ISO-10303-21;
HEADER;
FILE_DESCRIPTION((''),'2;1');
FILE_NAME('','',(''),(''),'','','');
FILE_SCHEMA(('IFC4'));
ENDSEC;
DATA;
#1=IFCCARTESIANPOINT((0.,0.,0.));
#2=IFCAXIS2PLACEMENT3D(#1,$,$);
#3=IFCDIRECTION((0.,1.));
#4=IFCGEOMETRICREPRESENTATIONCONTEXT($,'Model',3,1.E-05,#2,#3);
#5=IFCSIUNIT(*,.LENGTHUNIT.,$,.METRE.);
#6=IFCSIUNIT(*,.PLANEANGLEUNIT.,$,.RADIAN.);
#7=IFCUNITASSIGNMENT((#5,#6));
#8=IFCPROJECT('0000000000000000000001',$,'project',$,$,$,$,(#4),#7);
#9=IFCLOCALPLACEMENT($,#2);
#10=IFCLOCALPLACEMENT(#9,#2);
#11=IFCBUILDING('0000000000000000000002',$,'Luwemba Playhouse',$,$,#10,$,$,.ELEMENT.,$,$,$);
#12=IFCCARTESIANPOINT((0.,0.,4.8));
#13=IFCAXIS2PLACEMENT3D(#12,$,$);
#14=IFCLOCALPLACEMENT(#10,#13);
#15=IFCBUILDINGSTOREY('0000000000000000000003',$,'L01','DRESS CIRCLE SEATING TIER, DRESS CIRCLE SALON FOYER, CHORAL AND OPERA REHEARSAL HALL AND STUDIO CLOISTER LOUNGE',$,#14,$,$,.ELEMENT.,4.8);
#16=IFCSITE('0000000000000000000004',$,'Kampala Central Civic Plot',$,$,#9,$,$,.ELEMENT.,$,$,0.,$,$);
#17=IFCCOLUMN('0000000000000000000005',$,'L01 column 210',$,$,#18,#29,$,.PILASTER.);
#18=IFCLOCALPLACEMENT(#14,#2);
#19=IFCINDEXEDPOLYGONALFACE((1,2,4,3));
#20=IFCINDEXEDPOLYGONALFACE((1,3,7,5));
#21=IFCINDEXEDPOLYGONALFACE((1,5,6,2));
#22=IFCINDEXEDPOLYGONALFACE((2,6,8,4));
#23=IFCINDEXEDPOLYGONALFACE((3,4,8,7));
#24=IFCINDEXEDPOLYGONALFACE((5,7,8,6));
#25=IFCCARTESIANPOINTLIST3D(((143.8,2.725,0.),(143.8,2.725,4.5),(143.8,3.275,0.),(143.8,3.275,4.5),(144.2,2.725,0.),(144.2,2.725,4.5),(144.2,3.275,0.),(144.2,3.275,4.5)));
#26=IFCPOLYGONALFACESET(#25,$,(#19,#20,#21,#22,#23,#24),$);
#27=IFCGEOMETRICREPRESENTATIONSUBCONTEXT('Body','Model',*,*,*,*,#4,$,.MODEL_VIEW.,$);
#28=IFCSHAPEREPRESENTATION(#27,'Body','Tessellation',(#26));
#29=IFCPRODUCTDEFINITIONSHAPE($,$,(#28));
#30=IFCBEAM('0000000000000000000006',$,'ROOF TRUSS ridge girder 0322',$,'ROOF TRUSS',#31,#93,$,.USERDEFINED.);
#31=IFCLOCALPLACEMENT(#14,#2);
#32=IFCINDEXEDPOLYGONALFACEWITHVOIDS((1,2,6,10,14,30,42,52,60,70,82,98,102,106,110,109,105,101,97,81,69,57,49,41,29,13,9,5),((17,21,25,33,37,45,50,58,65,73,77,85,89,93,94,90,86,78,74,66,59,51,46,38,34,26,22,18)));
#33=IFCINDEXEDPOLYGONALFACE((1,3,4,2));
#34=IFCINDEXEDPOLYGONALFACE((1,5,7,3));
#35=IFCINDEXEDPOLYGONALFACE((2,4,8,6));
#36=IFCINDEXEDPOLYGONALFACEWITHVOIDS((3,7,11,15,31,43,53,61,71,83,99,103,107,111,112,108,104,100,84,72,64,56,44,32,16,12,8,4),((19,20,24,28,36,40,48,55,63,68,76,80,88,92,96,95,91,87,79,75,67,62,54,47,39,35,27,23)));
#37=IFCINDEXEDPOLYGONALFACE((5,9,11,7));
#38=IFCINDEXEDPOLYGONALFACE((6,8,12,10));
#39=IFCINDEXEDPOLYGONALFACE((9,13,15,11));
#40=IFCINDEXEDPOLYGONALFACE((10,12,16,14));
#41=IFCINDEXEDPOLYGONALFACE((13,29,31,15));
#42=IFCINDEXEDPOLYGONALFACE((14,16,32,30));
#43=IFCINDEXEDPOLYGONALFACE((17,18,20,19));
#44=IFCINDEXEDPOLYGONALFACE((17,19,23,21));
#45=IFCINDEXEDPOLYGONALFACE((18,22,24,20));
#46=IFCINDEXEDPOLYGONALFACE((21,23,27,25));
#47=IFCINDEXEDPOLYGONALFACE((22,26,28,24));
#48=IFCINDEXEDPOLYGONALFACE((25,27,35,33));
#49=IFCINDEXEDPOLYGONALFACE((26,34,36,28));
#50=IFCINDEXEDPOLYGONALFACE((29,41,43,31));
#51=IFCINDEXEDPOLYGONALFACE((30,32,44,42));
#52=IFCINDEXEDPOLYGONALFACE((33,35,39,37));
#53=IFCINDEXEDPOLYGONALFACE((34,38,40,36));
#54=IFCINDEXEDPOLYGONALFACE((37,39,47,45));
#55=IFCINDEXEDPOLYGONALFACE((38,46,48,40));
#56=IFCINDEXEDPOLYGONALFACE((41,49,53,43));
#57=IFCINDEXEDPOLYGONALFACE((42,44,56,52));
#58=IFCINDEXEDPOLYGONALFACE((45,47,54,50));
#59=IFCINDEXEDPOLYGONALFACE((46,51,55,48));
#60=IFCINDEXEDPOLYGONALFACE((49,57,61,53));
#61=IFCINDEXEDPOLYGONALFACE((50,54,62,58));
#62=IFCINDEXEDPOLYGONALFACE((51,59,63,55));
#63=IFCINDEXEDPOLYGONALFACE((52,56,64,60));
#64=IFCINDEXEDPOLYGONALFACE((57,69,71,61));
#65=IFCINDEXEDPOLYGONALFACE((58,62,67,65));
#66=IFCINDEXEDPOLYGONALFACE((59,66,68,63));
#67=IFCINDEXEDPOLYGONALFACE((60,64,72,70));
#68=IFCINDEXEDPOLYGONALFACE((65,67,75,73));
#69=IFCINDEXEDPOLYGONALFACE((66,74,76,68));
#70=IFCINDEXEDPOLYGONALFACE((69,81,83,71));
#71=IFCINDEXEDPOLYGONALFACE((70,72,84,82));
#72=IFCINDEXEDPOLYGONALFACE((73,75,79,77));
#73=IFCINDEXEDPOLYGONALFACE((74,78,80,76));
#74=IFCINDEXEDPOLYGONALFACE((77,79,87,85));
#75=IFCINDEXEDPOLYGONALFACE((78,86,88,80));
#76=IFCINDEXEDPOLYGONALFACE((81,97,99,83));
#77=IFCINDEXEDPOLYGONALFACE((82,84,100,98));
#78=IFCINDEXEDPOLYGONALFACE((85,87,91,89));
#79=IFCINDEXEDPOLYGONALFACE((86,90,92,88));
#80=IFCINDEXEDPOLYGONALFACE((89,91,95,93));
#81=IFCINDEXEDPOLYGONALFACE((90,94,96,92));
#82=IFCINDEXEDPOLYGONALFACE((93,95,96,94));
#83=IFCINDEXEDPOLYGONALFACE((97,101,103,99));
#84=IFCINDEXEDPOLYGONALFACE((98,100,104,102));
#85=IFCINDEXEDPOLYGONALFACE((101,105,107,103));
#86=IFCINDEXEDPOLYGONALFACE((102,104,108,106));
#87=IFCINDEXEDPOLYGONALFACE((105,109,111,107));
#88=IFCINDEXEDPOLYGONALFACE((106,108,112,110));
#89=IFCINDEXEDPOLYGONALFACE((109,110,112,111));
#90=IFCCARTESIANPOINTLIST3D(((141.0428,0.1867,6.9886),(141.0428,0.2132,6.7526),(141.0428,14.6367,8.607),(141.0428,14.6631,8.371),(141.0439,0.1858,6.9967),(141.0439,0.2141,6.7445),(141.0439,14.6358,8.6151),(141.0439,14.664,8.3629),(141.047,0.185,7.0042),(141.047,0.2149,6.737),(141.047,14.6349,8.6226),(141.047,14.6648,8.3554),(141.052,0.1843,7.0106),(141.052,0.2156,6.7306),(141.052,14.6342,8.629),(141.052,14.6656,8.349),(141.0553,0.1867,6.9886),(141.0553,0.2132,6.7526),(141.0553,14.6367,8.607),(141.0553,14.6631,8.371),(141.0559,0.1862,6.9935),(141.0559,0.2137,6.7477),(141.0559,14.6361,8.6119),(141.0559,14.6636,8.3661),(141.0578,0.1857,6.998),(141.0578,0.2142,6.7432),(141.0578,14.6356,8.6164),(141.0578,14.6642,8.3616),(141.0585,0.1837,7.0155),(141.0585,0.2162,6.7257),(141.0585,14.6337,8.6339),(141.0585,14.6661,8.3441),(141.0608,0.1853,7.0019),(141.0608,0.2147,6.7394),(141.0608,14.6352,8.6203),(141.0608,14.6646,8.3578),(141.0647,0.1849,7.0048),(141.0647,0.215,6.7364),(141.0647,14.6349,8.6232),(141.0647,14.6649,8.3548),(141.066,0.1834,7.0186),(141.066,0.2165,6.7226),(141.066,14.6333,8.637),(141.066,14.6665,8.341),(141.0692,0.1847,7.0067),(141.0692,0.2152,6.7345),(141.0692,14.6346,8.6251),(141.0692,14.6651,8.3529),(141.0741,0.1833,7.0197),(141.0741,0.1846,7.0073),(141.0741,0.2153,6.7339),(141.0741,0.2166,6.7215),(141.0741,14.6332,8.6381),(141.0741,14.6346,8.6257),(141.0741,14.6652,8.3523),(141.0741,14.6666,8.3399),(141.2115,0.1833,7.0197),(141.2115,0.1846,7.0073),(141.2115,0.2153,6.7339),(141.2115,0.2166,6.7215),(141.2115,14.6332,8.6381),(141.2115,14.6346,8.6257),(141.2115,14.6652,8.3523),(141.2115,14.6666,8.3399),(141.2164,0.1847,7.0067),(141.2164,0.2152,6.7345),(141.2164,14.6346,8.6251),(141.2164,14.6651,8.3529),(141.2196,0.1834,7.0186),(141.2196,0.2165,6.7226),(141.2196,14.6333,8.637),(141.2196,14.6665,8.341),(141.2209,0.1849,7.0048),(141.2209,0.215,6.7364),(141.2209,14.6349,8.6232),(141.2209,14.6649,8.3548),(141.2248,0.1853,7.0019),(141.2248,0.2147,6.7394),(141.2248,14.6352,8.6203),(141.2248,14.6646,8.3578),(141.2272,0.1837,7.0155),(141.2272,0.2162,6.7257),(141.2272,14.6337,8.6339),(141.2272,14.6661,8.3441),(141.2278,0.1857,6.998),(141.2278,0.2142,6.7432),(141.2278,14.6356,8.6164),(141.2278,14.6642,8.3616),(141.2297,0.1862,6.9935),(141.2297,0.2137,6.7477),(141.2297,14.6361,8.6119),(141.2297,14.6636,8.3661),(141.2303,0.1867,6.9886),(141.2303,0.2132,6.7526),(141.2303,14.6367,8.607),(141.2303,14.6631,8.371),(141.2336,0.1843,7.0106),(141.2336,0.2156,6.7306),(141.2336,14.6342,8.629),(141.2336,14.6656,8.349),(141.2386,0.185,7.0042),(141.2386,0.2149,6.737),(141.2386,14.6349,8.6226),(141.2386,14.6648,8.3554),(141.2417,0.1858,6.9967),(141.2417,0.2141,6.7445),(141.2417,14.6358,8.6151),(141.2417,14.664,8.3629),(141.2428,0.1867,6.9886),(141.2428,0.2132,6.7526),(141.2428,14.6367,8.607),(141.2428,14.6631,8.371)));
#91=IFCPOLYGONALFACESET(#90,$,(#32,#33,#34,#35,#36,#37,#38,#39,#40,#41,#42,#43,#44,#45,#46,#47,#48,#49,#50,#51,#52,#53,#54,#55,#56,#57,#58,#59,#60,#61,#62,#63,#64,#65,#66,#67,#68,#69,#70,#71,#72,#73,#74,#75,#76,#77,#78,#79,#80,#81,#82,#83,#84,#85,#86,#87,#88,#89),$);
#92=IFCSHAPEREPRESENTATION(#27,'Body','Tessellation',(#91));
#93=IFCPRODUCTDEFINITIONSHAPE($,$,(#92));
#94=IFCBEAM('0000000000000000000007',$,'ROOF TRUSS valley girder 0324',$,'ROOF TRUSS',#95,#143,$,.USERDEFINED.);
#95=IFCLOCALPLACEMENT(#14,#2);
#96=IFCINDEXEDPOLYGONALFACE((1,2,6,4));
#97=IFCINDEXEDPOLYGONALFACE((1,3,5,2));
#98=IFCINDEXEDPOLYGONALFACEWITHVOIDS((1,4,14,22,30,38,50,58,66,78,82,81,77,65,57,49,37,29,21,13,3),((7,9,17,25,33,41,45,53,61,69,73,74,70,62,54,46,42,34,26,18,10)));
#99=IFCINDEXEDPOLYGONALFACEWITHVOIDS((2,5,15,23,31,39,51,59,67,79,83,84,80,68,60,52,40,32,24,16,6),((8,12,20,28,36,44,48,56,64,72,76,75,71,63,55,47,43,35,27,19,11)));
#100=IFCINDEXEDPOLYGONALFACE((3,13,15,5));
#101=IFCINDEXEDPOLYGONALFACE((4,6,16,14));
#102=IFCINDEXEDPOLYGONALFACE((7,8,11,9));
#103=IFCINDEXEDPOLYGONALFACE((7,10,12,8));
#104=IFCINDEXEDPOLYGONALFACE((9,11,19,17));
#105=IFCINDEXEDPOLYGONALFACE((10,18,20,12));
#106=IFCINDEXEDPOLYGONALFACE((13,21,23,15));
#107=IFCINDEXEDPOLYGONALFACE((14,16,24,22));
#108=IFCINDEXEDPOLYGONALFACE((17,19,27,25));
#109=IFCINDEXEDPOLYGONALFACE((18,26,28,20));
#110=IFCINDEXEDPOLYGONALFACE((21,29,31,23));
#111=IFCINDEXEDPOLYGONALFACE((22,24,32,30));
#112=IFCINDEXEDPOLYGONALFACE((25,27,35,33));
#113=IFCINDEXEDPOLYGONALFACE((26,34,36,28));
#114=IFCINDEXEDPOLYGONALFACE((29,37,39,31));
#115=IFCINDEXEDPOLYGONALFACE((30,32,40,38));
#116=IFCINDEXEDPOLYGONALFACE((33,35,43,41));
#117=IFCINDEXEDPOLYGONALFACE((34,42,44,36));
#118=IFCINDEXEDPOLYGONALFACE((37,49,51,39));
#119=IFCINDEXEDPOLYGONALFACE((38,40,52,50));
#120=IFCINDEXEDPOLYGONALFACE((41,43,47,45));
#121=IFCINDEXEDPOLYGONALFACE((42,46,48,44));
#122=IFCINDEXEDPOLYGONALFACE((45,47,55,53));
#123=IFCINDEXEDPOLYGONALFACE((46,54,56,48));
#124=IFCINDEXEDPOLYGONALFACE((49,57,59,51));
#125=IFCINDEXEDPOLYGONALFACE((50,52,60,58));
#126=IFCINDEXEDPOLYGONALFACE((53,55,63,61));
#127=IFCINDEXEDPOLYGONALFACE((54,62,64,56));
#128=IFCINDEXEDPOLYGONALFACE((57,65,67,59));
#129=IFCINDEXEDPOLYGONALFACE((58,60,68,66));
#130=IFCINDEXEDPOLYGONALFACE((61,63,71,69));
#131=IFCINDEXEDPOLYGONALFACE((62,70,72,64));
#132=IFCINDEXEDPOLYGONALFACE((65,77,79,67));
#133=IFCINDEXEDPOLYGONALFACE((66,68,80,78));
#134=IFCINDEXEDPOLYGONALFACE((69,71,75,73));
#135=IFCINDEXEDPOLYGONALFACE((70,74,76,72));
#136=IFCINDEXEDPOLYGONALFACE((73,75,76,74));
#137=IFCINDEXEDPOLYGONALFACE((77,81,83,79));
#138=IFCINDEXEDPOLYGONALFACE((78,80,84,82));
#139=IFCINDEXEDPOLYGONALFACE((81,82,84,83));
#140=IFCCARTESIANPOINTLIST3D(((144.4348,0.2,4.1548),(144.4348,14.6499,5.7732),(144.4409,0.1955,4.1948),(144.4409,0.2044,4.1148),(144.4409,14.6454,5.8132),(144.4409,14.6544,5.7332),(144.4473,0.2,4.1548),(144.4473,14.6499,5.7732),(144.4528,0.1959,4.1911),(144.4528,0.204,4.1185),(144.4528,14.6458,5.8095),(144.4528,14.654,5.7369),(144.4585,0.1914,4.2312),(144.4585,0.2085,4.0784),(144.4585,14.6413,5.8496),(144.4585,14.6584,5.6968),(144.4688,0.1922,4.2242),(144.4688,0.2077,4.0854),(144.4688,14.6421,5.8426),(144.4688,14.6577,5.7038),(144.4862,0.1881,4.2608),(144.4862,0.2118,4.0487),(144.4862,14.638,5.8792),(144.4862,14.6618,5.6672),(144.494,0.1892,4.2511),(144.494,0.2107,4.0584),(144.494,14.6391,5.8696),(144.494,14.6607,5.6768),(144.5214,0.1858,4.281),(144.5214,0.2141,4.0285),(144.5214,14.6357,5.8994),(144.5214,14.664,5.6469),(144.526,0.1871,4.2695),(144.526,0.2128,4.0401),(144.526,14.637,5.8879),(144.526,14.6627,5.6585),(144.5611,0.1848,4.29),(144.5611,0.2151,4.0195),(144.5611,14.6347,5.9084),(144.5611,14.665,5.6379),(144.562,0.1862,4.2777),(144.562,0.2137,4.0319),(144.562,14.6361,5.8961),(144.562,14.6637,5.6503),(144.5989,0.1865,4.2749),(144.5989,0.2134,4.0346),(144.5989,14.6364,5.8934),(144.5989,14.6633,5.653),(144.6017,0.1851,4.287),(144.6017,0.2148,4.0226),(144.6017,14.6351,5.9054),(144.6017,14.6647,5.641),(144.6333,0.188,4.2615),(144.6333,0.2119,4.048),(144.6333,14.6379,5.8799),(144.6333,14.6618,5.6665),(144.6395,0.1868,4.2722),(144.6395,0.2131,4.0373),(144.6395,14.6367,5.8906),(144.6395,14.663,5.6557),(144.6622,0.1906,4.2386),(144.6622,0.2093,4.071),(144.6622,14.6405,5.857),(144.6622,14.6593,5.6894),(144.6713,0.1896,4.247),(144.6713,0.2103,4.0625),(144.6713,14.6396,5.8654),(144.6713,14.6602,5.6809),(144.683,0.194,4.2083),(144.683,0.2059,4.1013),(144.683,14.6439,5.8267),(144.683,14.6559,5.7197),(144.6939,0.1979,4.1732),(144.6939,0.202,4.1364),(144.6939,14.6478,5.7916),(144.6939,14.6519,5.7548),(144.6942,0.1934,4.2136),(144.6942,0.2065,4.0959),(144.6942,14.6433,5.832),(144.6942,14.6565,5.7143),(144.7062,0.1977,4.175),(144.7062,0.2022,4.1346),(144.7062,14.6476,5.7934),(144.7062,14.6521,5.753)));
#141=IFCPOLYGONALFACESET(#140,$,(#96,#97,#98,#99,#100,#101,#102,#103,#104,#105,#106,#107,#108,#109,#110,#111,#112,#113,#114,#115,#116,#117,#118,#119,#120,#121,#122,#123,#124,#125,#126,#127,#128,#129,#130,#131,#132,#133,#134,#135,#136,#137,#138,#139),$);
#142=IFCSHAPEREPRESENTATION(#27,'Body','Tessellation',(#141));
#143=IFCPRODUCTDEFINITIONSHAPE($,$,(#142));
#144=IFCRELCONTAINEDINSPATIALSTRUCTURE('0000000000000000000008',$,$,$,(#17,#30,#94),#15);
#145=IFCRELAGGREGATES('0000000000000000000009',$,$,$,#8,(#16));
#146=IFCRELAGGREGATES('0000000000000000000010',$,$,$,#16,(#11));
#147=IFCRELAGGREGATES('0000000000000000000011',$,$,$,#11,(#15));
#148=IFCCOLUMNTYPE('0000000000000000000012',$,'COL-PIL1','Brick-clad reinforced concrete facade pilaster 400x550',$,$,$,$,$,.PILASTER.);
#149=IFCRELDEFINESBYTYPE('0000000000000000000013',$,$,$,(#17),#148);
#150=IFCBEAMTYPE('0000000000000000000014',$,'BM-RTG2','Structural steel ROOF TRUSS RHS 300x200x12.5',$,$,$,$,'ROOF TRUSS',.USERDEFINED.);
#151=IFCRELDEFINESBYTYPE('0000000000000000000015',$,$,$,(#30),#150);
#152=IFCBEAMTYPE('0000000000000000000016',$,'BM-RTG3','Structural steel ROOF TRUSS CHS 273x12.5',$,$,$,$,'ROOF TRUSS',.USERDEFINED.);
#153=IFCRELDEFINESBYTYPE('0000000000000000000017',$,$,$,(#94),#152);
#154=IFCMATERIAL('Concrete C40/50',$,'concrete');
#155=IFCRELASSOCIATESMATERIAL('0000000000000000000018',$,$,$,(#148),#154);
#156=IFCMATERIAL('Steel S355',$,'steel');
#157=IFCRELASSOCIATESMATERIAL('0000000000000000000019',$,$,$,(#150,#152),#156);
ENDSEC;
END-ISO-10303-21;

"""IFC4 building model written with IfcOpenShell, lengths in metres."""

from ifc_helpers import new_model, si_unit, direction, frame, origin, origin_2d, place, context, subcontext, project, spatial, rectangle, hollow_rectangle, hollow_circle, extrude, material, material_profile, profile_set, type_object, element, save


model = new_model("IFC4")

# Units and contexts
model_context = context("Model", 3, precision=1e-05, world=origin(), true_north=direction((0.0, 1.0)))
body_context = subcontext(model_context, "Body", "Model", "MODEL_VIEW")
ifc_project = project(units=[si_unit("LENGTHUNIT", "METRE"), si_unit("PLANEANGLEUNIT", "RADIAN")], contexts=[model_context])

# Site, building, storey
site_placement = place(None, origin())
site = spatial("IfcSite", under=ifc_project, at=site_placement, Name="Kampala Central Civic Plot", CompositionType="ELEMENT", RefElevation=0.0)
building_placement = place(site_placement, origin())
building = spatial("IfcBuilding", under=site, at=building_placement, Name="Luwemba Playhouse", CompositionType="ELEMENT")
storey_placement = place(building_placement, frame((0.0, 0.0, 4.8)))
storey = spatial("IfcBuildingStorey", under=building, at=storey_placement, Name="L01", Description="DRESS CIRCLE SEATING TIER, DRESS CIRCLE SALON FOYER, CHORAL AND OPERA REHEARSAL HALL AND STUDIO CLOISTER LOUNGE", CompositionType="ELEMENT", Elevation=4.8)

# Column
ifc_material_1 = material(Name="Concrete C40/50", Category="concrete")
ifc_material_profile_1 = material_profile(ifc_material_1, rectangle(XDim=0.3999, YDim=0.55, at=origin_2d()))
ifc_profile_set_1 = profile_set([ifc_material_profile_1], Name="Concrete C40/50")
column_type = type_object("IfcColumnType", Name="COL-PIL1", Description="Brick-clad reinforced concrete facade pilaster 400x550", PredefinedType="PILASTER", material=ifc_profile_set_1)
column_placement = place(storey_placement, frame((144.0, 3.0, 0.0), z_axis=(0.0, 0.0, 1.0), x_axis=(1.0, 0.0, 0.0)))
element("IfcColumn", 1, at=column_placement, inside=storey, type_object=column_type, Name="L01 column 210", PredefinedType="PILASTER", context=body_context, shape_type="SweptSolid", body=[
    extrude(rectangle(XDim=0.3999, YDim=0.55, at=origin_2d()), origin(), (0.0, 0.0, 1.0), 4.5),
])

# Beams
ifc_material_2 = material(Name="Steel S355", Category="steel")
ifc_material_profile_2 = material_profile(ifc_material_2, hollow_rectangle(XDim=0.2, YDim=0.3, WallThickness=0.0125, InnerFilletRadius=0.0188, OuterFilletRadius=0.0312, at=origin_2d()))
ifc_profile_set_2 = profile_set([ifc_material_profile_2], Name="Steel S355")
beam_type_1 = type_object("IfcBeamType", Name="BM-RTG2", Description="Structural steel ROOF TRUSS RHS 300x200x12.5", ElementType="ROOF TRUSS", PredefinedType="USERDEFINED", material=ifc_profile_set_2)
beam_1_placement = place(storey_placement, frame((141.1428, 0.2, 6.8706), z_axis=(0.0, 0.993786, 0.111305), x_axis=(-1.0, 0.0, 0.0)))
element("IfcBeam", 2, at=beam_1_placement, inside=storey, type_object=beam_type_1, Name="ROOF TRUSS ridge girder 0322", ObjectType="ROOF TRUSS", PredefinedType="USERDEFINED", context=body_context, shape_type="SweptSolid", body=[
    extrude(hollow_rectangle(XDim=0.2, YDim=0.3, WallThickness=0.0125, InnerFilletRadius=0.0188, OuterFilletRadius=0.0312, at=origin_2d()), origin(), (0.0, 0.0, 1.0), 14.5403),
])
ifc_material_profile_3 = material_profile(ifc_material_2, hollow_circle(Radius=0.1365, WallThickness=0.0125, at=origin_2d()))
ifc_profile_set_3 = profile_set([ifc_material_profile_3], Name="Steel S355")
beam_type_2 = type_object("IfcBeamType", Name="BM-RTG3", Description="Structural steel ROOF TRUSS CHS 273x12.5", ElementType="ROOF TRUSS", PredefinedType="USERDEFINED", material=ifc_profile_set_3)
beam_2_placement = place(storey_placement, frame((144.5713, 0.2, 4.1548), z_axis=(0.0, 0.993786, 0.111305), x_axis=(-1.0, 0.0, 0.0)))
element("IfcBeam", 3, at=beam_2_placement, inside=storey, type_object=beam_type_2, Name="ROOF TRUSS valley girder 0324", ObjectType="ROOF TRUSS", PredefinedType="USERDEFINED", context=body_context, shape_type="SweptSolid", body=[
    extrude(hollow_circle(Radius=0.1365, WallThickness=0.0125, at=origin_2d()), origin(), (0.0, 0.0, 1.0), 14.5403),
])

save(model, "model.ifc")
